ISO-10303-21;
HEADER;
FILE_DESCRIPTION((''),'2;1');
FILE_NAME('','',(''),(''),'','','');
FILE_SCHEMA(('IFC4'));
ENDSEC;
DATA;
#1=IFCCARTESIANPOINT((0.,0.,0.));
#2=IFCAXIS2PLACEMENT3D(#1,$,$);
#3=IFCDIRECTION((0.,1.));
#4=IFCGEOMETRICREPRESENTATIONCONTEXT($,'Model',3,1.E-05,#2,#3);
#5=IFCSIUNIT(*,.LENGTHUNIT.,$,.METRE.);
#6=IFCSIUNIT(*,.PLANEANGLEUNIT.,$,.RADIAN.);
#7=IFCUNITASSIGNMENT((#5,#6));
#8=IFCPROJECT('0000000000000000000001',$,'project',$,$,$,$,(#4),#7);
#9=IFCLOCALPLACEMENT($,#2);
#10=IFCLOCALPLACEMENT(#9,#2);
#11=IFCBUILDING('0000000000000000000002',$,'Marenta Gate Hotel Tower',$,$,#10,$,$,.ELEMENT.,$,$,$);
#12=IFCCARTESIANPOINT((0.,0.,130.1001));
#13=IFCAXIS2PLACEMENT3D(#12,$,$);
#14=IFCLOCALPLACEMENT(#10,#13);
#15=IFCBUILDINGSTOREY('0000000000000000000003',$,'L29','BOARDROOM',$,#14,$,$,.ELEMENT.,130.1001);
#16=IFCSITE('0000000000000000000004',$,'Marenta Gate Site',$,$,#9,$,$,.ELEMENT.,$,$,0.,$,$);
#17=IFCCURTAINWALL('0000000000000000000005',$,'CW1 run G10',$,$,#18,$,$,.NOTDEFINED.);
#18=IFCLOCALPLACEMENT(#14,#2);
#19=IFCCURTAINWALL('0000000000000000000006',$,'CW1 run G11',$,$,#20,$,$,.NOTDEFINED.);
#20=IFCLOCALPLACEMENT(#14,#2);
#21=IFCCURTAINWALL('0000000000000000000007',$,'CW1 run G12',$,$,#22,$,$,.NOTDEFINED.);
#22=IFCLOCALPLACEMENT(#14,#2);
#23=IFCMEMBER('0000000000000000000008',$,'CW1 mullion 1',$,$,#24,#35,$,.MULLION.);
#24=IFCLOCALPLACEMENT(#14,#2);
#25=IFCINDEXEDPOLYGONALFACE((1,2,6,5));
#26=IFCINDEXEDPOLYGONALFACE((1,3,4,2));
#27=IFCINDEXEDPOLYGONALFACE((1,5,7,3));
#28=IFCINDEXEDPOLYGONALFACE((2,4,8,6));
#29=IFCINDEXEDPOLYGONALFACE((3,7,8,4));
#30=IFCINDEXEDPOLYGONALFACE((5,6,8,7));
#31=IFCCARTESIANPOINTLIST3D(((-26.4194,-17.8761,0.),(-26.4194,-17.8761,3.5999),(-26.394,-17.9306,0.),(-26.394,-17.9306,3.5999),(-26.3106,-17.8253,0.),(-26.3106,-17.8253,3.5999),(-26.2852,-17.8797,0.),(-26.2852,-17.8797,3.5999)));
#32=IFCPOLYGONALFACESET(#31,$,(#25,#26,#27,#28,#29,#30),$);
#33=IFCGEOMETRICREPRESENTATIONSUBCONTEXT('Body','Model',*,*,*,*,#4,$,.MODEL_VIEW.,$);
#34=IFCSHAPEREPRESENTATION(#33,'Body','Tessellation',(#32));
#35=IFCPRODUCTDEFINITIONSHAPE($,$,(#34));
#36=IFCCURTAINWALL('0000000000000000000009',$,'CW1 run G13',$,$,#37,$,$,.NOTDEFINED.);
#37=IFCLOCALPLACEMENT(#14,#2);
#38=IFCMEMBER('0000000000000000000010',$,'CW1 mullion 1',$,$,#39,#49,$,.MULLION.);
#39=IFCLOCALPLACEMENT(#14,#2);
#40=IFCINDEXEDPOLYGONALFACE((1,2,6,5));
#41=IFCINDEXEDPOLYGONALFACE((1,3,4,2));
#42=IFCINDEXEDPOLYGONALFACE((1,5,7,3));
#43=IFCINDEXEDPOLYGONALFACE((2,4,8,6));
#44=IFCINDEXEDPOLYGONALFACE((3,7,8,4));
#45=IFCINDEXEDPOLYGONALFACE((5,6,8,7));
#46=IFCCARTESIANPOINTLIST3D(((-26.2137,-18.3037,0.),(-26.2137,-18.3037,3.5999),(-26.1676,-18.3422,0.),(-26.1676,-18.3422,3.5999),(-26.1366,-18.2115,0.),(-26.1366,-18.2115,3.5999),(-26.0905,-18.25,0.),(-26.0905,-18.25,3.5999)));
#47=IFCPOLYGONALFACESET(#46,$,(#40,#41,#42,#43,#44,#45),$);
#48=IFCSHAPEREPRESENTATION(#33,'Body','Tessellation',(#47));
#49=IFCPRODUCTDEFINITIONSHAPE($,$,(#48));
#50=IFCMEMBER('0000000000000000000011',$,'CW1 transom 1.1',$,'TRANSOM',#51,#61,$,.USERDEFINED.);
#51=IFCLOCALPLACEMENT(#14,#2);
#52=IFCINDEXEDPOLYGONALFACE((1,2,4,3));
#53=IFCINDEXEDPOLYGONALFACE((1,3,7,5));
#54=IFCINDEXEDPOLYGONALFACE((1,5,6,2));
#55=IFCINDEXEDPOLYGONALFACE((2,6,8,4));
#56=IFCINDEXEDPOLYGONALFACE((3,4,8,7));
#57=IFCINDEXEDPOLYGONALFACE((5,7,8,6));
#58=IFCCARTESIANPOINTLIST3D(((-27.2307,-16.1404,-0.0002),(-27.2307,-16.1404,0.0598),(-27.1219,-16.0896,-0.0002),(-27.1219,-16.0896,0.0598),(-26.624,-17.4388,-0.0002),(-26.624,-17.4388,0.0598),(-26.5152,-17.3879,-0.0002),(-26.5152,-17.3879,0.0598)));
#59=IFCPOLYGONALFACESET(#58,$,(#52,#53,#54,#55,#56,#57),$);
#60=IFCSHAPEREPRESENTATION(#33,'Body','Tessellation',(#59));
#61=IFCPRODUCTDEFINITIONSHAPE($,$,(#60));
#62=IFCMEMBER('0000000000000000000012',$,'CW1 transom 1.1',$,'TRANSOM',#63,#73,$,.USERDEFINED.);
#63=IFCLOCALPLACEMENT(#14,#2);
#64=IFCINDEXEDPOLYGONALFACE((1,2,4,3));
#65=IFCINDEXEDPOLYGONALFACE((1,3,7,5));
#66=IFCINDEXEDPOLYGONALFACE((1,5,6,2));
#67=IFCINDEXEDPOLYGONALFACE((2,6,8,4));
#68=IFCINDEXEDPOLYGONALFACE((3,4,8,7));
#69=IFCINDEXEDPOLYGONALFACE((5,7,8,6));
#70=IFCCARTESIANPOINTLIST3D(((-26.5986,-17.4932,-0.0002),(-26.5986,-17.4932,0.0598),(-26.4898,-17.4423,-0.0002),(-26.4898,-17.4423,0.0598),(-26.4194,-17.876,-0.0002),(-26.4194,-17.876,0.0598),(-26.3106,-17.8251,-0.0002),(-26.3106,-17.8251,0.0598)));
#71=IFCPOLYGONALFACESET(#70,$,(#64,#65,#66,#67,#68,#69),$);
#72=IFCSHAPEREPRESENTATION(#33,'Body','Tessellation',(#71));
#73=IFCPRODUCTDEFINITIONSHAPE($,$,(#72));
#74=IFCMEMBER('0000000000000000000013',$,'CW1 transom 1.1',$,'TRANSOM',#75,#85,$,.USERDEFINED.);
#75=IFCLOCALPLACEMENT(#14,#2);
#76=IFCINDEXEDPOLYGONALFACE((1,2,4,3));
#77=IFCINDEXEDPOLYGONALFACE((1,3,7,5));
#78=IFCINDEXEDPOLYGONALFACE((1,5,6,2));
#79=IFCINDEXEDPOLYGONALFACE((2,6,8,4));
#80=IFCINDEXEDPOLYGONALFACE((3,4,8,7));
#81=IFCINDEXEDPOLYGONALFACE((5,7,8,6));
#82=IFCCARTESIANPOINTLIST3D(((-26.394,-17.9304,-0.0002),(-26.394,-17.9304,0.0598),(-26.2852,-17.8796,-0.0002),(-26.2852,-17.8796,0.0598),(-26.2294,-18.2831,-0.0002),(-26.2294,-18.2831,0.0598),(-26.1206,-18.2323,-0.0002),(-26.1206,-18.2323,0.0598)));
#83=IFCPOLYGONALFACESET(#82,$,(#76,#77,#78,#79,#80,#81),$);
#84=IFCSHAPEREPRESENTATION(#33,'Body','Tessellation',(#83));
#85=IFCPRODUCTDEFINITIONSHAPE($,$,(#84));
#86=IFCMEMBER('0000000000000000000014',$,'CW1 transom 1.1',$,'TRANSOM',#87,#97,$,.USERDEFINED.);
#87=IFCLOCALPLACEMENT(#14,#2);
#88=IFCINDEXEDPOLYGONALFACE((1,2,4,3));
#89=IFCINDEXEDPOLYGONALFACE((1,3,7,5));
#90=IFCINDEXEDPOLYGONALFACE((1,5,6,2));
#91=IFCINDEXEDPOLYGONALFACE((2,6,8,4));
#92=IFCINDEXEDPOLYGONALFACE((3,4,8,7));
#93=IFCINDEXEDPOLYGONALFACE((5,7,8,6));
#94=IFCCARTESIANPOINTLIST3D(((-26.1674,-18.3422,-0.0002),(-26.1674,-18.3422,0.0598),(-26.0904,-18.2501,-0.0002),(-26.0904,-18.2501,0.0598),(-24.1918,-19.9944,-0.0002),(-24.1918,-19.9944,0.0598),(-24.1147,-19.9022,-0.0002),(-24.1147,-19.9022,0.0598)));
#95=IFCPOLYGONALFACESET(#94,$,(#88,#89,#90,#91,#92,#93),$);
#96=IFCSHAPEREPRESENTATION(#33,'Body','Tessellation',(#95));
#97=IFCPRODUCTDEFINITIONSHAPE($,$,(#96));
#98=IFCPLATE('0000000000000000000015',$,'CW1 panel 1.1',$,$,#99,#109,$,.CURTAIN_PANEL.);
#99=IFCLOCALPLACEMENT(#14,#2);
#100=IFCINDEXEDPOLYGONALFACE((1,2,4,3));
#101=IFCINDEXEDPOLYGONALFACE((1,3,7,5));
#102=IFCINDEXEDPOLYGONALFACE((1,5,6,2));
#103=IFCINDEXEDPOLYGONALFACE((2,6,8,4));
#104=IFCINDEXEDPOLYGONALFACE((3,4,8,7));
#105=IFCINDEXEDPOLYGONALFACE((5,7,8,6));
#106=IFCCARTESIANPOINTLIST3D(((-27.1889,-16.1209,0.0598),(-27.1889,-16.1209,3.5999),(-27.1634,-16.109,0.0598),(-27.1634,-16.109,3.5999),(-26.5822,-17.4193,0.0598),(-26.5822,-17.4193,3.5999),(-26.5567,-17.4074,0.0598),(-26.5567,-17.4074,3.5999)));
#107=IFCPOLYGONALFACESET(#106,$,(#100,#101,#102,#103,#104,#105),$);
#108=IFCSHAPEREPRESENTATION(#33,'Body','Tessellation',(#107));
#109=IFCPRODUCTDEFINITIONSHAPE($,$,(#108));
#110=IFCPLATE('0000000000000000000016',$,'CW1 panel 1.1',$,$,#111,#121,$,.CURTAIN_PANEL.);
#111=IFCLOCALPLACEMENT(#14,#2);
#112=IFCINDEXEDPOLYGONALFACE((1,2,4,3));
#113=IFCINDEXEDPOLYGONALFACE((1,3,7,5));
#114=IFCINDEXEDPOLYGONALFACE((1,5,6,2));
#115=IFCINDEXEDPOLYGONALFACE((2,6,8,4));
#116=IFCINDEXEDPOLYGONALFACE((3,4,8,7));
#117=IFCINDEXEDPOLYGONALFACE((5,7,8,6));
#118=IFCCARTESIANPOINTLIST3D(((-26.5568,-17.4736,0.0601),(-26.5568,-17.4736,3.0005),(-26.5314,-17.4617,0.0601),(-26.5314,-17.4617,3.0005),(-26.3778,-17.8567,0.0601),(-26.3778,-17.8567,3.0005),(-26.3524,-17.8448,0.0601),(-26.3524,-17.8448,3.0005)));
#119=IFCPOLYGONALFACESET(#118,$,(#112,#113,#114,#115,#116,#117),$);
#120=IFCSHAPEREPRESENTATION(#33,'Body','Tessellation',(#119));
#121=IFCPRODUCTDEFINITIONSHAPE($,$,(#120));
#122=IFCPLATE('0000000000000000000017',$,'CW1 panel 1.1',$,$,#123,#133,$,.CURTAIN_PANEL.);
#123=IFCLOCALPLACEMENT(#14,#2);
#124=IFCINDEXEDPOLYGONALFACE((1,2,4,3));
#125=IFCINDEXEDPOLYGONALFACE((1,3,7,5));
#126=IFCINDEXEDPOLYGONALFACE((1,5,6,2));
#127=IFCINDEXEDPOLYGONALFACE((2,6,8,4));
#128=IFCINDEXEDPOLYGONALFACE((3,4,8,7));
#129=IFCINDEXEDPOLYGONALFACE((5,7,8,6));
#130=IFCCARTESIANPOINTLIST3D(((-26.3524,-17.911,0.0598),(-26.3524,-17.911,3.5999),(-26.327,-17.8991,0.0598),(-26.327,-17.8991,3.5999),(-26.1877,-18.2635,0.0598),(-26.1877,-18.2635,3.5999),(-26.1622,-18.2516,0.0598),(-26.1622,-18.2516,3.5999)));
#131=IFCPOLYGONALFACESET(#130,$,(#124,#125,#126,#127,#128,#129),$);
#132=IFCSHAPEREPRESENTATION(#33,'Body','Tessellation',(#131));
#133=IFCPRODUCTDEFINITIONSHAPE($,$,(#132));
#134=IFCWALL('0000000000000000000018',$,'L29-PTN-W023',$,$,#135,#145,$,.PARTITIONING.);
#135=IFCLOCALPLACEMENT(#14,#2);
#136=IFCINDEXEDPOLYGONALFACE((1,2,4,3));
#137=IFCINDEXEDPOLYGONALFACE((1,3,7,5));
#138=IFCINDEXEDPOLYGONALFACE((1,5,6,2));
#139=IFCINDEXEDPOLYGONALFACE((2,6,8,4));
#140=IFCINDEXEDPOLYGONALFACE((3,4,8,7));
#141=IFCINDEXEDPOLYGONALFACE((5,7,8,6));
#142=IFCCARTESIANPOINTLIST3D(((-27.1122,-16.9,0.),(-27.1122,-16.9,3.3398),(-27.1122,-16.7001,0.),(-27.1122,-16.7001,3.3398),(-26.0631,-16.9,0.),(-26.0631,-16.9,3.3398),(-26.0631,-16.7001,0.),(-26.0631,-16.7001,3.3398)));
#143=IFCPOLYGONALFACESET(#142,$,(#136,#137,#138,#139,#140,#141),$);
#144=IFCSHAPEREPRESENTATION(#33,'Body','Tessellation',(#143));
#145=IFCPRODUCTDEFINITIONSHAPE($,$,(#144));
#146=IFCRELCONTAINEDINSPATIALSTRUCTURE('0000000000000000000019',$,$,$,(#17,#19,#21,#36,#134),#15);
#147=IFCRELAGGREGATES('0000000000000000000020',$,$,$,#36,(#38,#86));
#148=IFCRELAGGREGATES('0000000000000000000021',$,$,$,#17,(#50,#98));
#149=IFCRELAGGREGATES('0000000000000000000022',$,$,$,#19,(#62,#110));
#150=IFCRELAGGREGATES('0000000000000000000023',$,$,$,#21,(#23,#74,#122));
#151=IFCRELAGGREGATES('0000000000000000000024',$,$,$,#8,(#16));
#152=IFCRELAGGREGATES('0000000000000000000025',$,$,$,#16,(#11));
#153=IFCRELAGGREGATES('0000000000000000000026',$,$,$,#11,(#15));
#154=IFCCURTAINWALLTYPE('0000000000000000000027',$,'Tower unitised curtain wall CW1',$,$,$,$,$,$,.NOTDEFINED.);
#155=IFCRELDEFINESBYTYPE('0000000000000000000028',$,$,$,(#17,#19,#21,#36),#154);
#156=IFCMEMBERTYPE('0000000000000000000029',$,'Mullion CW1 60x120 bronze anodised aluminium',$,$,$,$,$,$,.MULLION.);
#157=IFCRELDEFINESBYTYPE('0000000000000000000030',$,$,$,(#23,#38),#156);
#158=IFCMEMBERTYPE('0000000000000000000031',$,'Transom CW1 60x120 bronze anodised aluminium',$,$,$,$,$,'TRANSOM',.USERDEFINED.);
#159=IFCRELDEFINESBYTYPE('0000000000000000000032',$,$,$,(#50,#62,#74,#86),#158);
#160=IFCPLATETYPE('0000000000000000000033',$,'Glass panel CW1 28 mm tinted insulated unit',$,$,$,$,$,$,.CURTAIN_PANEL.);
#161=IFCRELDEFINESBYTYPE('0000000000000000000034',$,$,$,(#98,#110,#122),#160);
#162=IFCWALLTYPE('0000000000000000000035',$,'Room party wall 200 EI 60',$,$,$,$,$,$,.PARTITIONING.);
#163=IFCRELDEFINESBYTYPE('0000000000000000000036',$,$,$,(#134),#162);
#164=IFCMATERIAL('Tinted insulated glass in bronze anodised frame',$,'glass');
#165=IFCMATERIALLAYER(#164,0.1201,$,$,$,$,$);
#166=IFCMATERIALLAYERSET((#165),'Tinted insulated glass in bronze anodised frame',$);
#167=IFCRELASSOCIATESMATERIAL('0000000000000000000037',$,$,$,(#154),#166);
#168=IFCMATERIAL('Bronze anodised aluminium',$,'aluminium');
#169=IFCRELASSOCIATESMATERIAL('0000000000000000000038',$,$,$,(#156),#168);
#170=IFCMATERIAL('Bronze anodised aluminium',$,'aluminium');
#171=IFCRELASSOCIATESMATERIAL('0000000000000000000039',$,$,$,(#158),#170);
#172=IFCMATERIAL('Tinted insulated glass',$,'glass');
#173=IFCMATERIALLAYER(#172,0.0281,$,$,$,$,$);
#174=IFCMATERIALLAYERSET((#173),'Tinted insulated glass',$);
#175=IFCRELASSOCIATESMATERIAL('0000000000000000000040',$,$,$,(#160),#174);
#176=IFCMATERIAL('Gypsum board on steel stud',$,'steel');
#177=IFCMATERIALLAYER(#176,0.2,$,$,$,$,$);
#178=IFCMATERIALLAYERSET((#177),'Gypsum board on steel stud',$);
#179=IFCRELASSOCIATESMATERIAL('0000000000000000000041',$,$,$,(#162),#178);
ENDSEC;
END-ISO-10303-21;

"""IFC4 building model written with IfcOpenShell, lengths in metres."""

from ifc_helpers import new_model, si_unit, direction, frame, frame_2d, origin, origin_2d, place, context, subcontext, project, spatial, rectangle, extrude, material, layer, layer_set, material_profile, profile_set, type_object, element, aggregate, save


model = new_model("IFC4")

# Units and contexts
model_context = context("Model", 3, precision=1e-05, world=origin(), true_north=direction((0.0, 1.0)))
body_context = subcontext(model_context, "Body", "Model", "MODEL_VIEW")
ifc_project = project(units=[si_unit("LENGTHUNIT", "METRE"), si_unit("PLANEANGLEUNIT", "RADIAN")], contexts=[model_context])

# Site, building, storey
site_placement = place(None, origin())
site = spatial("IfcSite", under=ifc_project, at=site_placement, Name="Marenta Gate Site", CompositionType="ELEMENT", RefElevation=0.0)
building_placement = place(site_placement, origin())
building = spatial("IfcBuilding", under=site, at=building_placement, Name="Marenta Gate Hotel Tower", CompositionType="ELEMENT")
storey_placement = place(building_placement, frame((0.0, 0.0, 130.1001)))
storey = spatial("IfcBuildingStorey", under=building, at=storey_placement, Name="L29", Description="BOARDROOM", CompositionType="ELEMENT", Elevation=130.1001)

# Curtain walls, members
ifc_material_1 = material(Name="Tinted insulated glass in bronze anodised frame", Category="glass")
ifc_layer_1 = layer(ifc_material_1, 0.1201)
ifc_layer_set_1 = layer_set([ifc_layer_1], Name="Tinted insulated glass in bronze anodised frame")
curtain_wall_type = type_object("IfcCurtainWallType", Name="Tower unitised curtain wall CW1", PredefinedType="NOTDEFINED", material=ifc_layer_set_1)
curtain_wall_1_placement = place(storey_placement, origin())
curtain_wall_1 = element("IfcCurtainWall", 1, at=curtain_wall_1_placement, inside=storey, type_object=curtain_wall_type, Name="CW1 run G10", PredefinedType="NOTDEFINED")
ifc_material_2 = material(Name="Bronze anodised aluminium", Category="aluminium")
ifc_material_profile_1 = material_profile(ifc_material_2, rectangle(XDim=0.1201, YDim=0.0601, at=origin_2d()), Name="Mullion CW1 60x120 bronze anodised aluminium")
ifc_profile_set_1 = profile_set([ifc_material_profile_1], Name="Bronze anodised aluminium")
member_type_1 = type_object("IfcMemberType", Name="Mullion CW1 60x120 bronze anodised aluminium", PredefinedType="MULLION", material=ifc_profile_set_1)
curtain_wall_2_placement = place(storey_placement, origin())
curtain_wall_2 = element("IfcCurtainWall", 2, at=curtain_wall_2_placement, inside=storey, type_object=curtain_wall_type, Name="CW1 run G11", PredefinedType="NOTDEFINED")
curtain_wall_3_placement = place(storey_placement, origin())
curtain_wall_3 = element("IfcCurtainWall", 3, at=curtain_wall_3_placement, inside=storey, type_object=curtain_wall_type, Name="CW1 run G12", PredefinedType="NOTDEFINED")
member_1_placement = place(storey_placement, frame((-26.3523, -17.8779, 0.0), z_axis=(0.0, 0.0, 1.0), x_axis=(0.906001, 0.423275, 0.0)))
member_1 = element("IfcMember", 4, at=member_1_placement, type_object=member_type_1, Name="CW1 mullion 1", PredefinedType="MULLION", context=body_context, shape_type="SweptSolid", body=[
    extrude(rectangle(XDim=0.1201, YDim=0.0601, at=origin_2d()), origin(), (0.0, 0.0, 1.0), 3.5999),
])
curtain_wall_4_placement = place(storey_placement, origin())
curtain_wall_4 = element("IfcCurtainWall", 5, at=curtain_wall_4_placement, inside=storey, type_object=curtain_wall_type, Name="CW1 run G13", PredefinedType="NOTDEFINED")
member_2_placement = place(storey_placement, frame((-26.1521, -18.2769, 0.0), z_axis=(0.0, 0.0, 1.0), x_axis=(0.641512, 0.767113, 0.0)))
member_2 = element("IfcMember", 6, at=member_2_placement, type_object=member_type_1, Name="CW1 mullion 1", PredefinedType="MULLION", context=body_context, shape_type="SweptSolid", body=[
    extrude(rectangle(XDim=0.1201, YDim=0.0601, at=origin_2d()), origin(), (0.0, 0.0, 1.0), 3.5999),
])

# Members
ifc_material_3 = material(Name="Bronze anodised aluminium", Category="aluminium")
ifc_material_profile_2 = material_profile(ifc_material_3, rectangle(XDim=0.1201, YDim=0.0601, at=origin_2d()), Name="Transom CW1 60x120 bronze anodised aluminium")
ifc_profile_set_2 = profile_set([ifc_material_profile_2], Name="Bronze anodised aluminium")
member_type_2 = type_object("IfcMemberType", Name="Transom CW1 60x120 bronze anodised aluminium", ElementType="TRANSOM", PredefinedType="USERDEFINED", material=ifc_profile_set_2)
member_3_placement = place(storey_placement, frame((-27.1763, -16.115, 0.0298), z_axis=(0.423342, -0.90597, 0.0), x_axis=(0.90597, 0.423342, 0.0)))
member_3 = element("IfcMember", 7, at=member_3_placement, type_object=member_type_2, Name="CW1 transom 1.1", ObjectType="TRANSOM", PredefinedType="USERDEFINED", context=body_context, shape_type="SweptSolid", body=[
    extrude(rectangle(XDim=0.1201, YDim=0.0601, at=origin_2d()), origin(), (0.0, 0.0, 1.0), 1.4331),
])
member_4_placement = place(storey_placement, frame((-26.5442, -17.4678, 0.0298), z_axis=(0.42396, -0.905681, 0.0), x_axis=(0.905681, 0.42396, 0.0)))
member_4 = element("IfcMember", 8, at=member_4_placement, type_object=member_type_2, Name="CW1 transom 1.1", ObjectType="TRANSOM", PredefinedType="USERDEFINED", context=body_context, shape_type="SweptSolid", body=[
    extrude(rectangle(XDim=0.1201, YDim=0.0601, at=origin_2d()), origin(), (0.0, 0.0, 1.0), 0.4226),
])
member_5_placement = place(storey_placement, frame((-26.3396, -17.905, 0.0298), z_axis=(0.422954, -0.906151, 0.0), x_axis=(0.906151, 0.422954, 0.0)))
member_5 = element("IfcMember", 9, at=member_5_placement, type_object=member_type_2, Name="CW1 transom 1.1", ObjectType="TRANSOM", PredefinedType="USERDEFINED", context=body_context, shape_type="SweptSolid", body=[
    extrude(rectangle(XDim=0.1201, YDim=0.0601, at=origin_2d()), origin(), (0.0, 0.0, 1.0), 0.3892),
])
member_6_placement = place(storey_placement, frame((-26.1289, -18.2961, 0.0298), z_axis=(0.767117, -0.641508, 0.0), x_axis=(0.641508, 0.767117, 0.0)))
member_6 = element("IfcMember", 10, at=member_6_placement, type_object=member_type_2, Name="CW1 transom 1.1", ObjectType="TRANSOM", PredefinedType="USERDEFINED", context=body_context, shape_type="SweptSolid", body=[
    extrude(rectangle(XDim=0.1201, YDim=0.0601, at=origin_2d()), origin(), (0.0, 0.0, 1.0), 2.5754),
])
aggregate(curtain_wall_4, [member_2, member_6])

# Plates
ifc_material_4 = material(Name="Tinted insulated glass", Category="glass")
ifc_layer_2 = layer(ifc_material_4, 0.0281)
ifc_layer_set_2 = layer_set([ifc_layer_2], Name="Tinted insulated glass")
plate_type = type_object("IfcPlateType", Name="Glass panel CW1 28 mm tinted insulated unit", PredefinedType="CURTAIN_PANEL", material=ifc_layer_set_2)
plate_1_placement = place(storey_placement, frame((-26.8728, -16.7642, 0.0598), z_axis=(0.0, 0.0, 1.0), x_axis=(0.423347, -0.905967, 0.0)))
plate_1 = element("IfcPlate", 11, at=plate_1_placement, type_object=plate_type, Name="CW1 panel 1.1", PredefinedType="CURTAIN_PANEL", context=body_context, shape_type="SweptSolid", body=[
    extrude(rectangle(XDim=1.4331, YDim=0.0281, at=origin_2d()), origin(), (0.0, 0.0, 1.0), 3.54),
])
aggregate(curtain_wall_1, [member_3, plate_1])
plate_2_placement = place(storey_placement, frame((-26.4546, -17.6592, 0.0601), z_axis=(0.0, 0.0, 1.0), x_axis=(0.423362, -0.905961, 0.0)))
plate_2 = element("IfcPlate", 12, at=plate_2_placement, type_object=plate_type, Name="CW1 panel 1.1", PredefinedType="CURTAIN_PANEL", context=body_context, shape_type="SweptSolid", body=[
    extrude(rectangle(XDim=0.4229, YDim=0.0281, at=origin_2d()), origin(), (0.0, 0.0, 1.0), 2.9404),
])
aggregate(curtain_wall_2, [member_4, plate_2])
plate_3_placement = place(storey_placement, frame((-26.2573, -18.0813, 0.0598), z_axis=(0.0, 0.0, 1.0), x_axis=(0.423275, -0.906001, 0.0)))
plate_3 = element("IfcPlate", 13, at=plate_3_placement, type_object=plate_type, Name="CW1 panel 1.1", PredefinedType="CURTAIN_PANEL", context=body_context, shape_type="SweptSolid", body=[
    extrude(rectangle(XDim=0.3892, YDim=0.0281, at=origin_2d()), origin(), (0.0, 0.0, 1.0), 3.54),
])
aggregate(curtain_wall_3, [member_1, member_5, plate_3])

# Wall
ifc_material_5 = material(Name="Gypsum board on steel stud", Category="steel")
ifc_layer_3 = layer(ifc_material_5, 0.2)
ifc_layer_set_3 = layer_set([ifc_layer_3], Name="Gypsum board on steel stud")
wall_type = type_object("IfcWallType", Name="Room party wall 200 EI 60", PredefinedType="PARTITIONING", material=ifc_layer_set_3)
wall_placement = place(storey_placement, frame((-27.1121, -16.8, 0.0), z_axis=(0.0, 0.0, 1.0), x_axis=(1.0, 0.0, 0.0)))
element("IfcWall", 14, at=wall_placement, inside=storey, type_object=wall_type, Name="L29-PTN-W023", PredefinedType="PARTITIONING", context=body_context, shape_type="SweptSolid", body=[
    extrude(rectangle(XDim=1.0491, YDim=0.2, at=frame_2d((0.5244, 0.0))), origin(), (0.0, 0.0, 1.0), 3.3398),
])

save(model, "model.ifc")
